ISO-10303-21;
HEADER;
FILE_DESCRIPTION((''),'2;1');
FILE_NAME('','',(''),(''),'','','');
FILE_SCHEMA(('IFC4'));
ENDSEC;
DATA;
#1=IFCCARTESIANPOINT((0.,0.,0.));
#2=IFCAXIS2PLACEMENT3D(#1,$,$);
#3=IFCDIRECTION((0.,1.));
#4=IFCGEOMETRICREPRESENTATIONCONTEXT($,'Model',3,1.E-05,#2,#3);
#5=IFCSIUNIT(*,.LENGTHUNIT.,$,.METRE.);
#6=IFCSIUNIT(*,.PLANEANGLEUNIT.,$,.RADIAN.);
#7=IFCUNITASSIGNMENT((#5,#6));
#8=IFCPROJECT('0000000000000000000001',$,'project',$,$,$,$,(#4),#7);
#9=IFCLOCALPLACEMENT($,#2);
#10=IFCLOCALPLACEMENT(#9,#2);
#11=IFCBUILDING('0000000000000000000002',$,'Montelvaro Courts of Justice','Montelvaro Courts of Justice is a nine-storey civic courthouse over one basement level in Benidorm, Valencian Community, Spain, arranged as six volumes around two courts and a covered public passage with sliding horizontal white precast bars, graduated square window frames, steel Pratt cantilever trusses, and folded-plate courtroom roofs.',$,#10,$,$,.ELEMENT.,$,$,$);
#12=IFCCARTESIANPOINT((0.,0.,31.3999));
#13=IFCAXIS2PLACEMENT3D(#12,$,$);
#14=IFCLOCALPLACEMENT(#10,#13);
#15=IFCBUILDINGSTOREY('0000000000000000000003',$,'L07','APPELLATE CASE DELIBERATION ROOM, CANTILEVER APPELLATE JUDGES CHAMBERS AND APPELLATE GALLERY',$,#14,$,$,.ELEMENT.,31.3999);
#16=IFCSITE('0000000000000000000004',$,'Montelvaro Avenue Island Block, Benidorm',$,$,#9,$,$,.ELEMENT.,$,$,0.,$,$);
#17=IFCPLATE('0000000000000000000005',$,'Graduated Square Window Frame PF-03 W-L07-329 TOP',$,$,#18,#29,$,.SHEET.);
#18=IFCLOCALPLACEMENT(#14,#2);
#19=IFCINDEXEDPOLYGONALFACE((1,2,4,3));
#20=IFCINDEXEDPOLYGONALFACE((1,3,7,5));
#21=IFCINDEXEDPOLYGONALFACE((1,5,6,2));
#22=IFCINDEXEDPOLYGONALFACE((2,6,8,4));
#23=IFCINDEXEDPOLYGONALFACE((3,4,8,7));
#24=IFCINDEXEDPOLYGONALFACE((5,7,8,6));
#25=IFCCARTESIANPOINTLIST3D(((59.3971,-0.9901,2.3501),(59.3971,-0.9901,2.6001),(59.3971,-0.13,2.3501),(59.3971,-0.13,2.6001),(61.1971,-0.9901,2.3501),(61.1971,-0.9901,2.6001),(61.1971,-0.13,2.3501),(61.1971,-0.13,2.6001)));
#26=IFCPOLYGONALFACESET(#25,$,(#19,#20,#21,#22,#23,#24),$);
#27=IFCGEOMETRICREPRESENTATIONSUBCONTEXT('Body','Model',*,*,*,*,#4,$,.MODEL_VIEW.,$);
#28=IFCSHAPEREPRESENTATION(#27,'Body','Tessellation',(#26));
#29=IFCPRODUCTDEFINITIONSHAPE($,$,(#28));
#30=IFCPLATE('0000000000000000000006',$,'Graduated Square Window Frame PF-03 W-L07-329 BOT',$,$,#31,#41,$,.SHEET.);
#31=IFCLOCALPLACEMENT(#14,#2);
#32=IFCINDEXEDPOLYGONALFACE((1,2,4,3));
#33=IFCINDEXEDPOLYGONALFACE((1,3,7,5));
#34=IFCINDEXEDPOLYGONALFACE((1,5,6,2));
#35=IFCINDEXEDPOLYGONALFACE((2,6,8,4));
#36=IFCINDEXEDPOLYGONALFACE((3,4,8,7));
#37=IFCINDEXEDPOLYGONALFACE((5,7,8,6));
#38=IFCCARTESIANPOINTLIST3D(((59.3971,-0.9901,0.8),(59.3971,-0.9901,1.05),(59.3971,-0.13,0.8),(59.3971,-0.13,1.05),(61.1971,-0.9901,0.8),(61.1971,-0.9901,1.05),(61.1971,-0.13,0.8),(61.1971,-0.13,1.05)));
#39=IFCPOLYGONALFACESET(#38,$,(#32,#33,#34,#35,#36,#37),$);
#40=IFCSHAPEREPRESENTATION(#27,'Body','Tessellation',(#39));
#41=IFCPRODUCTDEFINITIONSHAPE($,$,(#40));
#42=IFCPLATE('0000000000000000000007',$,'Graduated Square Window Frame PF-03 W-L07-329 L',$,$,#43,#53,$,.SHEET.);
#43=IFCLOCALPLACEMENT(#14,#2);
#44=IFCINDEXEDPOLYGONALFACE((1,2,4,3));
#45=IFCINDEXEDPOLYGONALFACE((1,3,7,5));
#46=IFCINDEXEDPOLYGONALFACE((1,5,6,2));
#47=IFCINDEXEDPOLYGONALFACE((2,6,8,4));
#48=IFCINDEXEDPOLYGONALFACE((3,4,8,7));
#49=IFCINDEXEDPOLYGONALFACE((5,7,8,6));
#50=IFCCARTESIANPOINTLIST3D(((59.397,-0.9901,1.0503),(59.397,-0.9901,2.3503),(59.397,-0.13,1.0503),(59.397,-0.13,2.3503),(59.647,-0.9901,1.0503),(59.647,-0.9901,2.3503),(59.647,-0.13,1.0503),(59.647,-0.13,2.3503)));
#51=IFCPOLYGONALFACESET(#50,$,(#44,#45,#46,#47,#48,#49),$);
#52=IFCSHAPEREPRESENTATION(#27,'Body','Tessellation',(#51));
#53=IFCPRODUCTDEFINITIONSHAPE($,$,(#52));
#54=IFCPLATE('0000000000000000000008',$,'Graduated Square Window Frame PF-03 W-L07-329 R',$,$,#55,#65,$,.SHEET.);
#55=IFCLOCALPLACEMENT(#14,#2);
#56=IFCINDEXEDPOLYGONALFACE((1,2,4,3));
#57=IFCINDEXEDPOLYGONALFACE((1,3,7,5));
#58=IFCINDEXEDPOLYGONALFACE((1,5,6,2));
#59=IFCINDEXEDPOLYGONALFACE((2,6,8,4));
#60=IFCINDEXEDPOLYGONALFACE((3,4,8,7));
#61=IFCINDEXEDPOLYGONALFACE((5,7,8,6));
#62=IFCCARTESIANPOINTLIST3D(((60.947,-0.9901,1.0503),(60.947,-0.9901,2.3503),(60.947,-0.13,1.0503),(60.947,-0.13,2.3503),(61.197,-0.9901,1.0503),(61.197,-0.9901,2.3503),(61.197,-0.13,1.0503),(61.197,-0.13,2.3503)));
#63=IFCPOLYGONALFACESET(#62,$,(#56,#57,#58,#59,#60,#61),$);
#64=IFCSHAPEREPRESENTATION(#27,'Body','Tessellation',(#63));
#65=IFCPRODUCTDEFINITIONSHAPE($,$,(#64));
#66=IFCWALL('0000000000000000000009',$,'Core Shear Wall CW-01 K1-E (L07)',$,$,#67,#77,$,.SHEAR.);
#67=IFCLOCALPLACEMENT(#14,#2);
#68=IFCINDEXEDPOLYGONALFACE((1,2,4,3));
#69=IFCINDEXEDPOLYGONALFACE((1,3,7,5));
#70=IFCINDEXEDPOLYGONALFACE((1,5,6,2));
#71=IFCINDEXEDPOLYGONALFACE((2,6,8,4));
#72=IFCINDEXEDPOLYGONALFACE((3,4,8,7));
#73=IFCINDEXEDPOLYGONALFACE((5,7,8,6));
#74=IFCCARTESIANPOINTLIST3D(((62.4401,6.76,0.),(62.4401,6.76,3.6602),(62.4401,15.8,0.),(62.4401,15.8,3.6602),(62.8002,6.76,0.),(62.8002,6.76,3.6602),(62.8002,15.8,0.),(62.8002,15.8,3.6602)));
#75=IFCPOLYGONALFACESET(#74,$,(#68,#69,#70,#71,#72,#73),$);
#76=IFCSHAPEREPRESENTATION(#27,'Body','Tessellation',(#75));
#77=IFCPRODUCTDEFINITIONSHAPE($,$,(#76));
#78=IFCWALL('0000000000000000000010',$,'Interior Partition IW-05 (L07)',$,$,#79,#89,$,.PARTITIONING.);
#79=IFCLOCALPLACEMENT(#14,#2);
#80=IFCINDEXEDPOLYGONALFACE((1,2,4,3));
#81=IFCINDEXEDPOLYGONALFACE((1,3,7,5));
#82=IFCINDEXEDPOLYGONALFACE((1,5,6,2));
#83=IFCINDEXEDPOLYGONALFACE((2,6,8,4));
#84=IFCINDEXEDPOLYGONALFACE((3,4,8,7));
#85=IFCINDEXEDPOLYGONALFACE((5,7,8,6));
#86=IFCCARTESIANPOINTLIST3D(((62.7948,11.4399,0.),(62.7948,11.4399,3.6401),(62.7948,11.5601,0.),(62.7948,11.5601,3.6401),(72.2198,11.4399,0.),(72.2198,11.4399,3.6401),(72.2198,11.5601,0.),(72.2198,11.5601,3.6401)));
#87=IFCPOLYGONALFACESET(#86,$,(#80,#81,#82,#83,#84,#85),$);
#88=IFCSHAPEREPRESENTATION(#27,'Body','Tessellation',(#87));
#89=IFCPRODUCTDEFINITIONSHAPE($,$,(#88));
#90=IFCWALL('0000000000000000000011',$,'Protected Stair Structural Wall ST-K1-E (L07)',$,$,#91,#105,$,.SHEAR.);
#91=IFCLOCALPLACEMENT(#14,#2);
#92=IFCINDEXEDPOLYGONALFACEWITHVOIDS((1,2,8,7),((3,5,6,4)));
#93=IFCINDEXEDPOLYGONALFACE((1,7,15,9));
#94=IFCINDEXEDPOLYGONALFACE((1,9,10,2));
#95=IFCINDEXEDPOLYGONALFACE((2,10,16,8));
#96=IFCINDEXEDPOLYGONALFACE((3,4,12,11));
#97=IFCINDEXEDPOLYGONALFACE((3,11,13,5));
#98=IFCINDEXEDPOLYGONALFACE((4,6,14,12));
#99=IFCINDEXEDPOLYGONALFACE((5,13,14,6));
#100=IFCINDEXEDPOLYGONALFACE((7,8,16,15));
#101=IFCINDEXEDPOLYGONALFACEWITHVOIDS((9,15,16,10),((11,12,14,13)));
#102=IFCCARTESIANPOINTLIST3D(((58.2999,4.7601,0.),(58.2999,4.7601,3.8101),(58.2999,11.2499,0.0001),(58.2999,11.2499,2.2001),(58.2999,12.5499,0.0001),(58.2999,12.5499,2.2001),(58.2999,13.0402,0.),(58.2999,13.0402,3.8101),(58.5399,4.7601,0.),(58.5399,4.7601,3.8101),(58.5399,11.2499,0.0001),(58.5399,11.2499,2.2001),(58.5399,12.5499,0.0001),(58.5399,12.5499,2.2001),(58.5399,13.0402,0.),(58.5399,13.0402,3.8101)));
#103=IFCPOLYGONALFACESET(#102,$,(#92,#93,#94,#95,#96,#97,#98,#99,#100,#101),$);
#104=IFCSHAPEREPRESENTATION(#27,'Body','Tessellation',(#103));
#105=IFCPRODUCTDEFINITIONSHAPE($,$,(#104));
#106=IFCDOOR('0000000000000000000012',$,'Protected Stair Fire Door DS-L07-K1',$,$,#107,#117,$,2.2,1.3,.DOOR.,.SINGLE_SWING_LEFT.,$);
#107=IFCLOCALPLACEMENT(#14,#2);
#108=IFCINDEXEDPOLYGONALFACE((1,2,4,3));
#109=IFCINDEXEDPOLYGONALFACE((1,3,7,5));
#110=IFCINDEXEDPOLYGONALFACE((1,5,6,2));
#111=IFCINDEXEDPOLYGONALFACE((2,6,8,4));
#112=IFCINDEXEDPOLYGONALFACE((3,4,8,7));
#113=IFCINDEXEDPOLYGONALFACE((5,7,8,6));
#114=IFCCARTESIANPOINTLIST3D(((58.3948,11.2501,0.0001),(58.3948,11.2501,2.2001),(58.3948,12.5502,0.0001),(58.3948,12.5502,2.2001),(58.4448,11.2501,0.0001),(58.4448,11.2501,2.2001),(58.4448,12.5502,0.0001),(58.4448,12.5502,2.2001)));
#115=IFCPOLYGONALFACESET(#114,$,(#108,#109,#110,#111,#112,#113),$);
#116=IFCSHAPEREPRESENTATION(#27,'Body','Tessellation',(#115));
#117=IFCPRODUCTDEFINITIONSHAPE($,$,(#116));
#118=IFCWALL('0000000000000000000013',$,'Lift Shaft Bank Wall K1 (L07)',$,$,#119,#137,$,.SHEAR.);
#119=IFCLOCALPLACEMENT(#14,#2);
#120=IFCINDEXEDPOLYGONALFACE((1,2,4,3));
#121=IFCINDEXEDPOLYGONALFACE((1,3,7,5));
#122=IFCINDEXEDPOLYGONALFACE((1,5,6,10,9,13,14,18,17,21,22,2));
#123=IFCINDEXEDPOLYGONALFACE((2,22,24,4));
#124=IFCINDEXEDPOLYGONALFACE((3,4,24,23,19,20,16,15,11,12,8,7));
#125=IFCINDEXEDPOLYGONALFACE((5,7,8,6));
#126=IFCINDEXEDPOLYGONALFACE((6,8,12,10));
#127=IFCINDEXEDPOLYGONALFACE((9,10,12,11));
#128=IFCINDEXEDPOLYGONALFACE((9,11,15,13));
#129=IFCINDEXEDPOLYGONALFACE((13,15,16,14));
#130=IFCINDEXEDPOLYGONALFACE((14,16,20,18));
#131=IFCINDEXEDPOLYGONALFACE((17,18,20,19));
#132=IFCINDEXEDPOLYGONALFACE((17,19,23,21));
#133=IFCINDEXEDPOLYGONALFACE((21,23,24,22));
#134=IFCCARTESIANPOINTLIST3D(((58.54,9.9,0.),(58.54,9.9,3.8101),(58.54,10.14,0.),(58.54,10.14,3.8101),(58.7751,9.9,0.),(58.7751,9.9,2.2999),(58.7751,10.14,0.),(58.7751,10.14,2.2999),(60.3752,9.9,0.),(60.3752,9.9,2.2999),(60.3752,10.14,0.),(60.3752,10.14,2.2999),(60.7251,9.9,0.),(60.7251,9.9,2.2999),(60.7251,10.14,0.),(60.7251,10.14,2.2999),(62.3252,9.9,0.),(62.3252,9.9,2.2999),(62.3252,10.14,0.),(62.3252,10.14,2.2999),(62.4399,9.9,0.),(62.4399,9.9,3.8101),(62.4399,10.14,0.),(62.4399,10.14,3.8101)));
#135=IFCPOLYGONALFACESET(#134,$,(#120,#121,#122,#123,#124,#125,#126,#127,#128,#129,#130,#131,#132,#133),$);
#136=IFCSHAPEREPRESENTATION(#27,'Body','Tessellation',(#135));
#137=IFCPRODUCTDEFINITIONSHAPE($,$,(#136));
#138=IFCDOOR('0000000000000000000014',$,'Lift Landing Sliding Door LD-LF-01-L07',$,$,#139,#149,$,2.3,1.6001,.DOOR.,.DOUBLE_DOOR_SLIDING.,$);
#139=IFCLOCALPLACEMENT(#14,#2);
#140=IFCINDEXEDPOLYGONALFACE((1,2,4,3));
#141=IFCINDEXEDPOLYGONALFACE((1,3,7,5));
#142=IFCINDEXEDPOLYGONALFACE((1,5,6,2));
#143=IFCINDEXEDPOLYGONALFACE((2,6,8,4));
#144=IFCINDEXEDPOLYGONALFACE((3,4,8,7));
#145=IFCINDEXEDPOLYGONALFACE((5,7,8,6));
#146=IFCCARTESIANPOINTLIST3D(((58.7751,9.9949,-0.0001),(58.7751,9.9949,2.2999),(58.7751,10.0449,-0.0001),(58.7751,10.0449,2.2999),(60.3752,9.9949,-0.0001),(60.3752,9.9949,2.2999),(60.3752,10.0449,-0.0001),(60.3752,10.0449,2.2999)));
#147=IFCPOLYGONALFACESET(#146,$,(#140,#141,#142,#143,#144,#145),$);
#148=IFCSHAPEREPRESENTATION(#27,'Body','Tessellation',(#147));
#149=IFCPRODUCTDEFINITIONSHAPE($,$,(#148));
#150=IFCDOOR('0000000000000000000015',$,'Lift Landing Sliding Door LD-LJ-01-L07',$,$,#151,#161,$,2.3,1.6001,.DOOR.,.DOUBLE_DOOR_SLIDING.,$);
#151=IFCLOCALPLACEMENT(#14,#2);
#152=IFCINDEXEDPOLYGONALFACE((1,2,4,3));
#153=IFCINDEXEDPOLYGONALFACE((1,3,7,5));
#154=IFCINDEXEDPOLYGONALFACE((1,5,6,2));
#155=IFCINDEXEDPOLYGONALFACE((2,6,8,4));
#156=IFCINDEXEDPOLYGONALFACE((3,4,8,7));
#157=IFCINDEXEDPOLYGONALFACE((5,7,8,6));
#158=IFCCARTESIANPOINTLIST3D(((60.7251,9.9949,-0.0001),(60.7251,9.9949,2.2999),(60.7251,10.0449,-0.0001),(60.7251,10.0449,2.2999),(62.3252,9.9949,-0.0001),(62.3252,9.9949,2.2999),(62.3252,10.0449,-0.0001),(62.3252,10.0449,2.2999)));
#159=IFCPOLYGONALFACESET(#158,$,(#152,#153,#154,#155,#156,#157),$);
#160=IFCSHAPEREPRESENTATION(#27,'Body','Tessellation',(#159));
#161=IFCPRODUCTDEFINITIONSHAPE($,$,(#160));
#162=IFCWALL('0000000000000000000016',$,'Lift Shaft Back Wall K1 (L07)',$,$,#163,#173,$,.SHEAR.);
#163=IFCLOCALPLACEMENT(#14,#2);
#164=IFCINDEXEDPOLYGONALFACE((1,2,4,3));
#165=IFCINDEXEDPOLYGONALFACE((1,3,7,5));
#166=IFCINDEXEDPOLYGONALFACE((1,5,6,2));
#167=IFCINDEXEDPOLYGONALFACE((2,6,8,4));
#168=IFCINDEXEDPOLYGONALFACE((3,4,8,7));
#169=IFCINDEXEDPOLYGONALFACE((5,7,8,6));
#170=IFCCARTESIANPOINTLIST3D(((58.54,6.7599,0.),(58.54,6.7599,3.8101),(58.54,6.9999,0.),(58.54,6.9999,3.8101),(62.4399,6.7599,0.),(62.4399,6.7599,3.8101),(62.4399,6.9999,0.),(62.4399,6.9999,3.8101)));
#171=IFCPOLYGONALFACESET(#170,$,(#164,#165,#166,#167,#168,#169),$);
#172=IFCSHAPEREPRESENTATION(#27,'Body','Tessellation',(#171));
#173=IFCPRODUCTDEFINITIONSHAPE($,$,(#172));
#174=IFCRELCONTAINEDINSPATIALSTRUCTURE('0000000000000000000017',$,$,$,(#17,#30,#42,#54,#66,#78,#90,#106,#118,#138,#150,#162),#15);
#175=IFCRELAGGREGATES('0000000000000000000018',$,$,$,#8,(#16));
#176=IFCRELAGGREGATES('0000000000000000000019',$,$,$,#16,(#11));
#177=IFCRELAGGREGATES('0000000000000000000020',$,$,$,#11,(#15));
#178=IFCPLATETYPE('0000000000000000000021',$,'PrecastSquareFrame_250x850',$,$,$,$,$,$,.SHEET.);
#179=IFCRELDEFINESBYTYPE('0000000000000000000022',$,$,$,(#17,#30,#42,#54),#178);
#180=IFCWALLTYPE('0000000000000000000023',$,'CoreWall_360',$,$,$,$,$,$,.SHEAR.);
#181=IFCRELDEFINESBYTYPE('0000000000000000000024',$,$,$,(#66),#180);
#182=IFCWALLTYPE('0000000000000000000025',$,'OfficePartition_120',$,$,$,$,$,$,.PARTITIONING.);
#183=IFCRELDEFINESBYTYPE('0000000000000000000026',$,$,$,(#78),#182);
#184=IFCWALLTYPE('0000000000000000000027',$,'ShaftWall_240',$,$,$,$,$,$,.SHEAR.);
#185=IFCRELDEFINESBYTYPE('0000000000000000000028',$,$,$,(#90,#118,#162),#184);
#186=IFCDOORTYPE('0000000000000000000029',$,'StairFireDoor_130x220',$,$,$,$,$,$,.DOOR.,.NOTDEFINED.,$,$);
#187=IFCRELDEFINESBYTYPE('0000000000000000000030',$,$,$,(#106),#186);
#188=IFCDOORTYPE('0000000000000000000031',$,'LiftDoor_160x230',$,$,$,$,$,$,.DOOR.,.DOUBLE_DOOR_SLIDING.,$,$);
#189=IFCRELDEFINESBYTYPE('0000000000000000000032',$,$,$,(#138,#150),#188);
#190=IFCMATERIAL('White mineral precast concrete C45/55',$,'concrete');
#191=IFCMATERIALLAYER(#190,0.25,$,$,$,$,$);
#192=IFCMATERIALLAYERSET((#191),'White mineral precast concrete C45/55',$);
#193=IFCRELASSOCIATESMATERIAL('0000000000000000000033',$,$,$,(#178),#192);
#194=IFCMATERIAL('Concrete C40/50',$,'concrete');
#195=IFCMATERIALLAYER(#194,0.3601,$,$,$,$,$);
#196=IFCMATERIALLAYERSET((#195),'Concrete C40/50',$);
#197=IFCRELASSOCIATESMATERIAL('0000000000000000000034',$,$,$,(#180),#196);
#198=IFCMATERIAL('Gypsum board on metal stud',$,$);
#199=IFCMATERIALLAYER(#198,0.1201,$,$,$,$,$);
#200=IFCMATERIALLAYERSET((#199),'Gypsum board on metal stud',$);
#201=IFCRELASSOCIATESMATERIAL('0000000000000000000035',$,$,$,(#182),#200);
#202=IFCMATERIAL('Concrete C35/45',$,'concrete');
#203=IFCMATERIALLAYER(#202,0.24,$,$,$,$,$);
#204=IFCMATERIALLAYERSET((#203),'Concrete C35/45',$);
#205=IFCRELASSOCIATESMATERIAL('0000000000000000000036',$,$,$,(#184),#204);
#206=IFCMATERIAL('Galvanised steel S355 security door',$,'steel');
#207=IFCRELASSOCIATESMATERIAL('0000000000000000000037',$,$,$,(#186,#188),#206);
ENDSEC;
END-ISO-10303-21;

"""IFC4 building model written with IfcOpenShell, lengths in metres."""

from ifc_helpers import new_model, si_unit, direction, frame, frame_2d, origin, origin_2d, place, context, subcontext, project, spatial, rectangle, extrude, material, layer, layer_set, type_object, element, fill, save


model = new_model("IFC4")

# Units and contexts
model_context = context("Model", 3, precision=1e-05, world=origin(), true_north=direction((0.0, 1.0)))
body_context = subcontext(model_context, "Body", "Model", "MODEL_VIEW")
ifc_project = project(units=[si_unit("LENGTHUNIT", "METRE"), si_unit("PLANEANGLEUNIT", "RADIAN")], contexts=[model_context])

# Site, building, storey
site_placement = place(None, origin())
site = spatial("IfcSite", under=ifc_project, at=site_placement, Name="Montelvaro Avenue Island Block, Benidorm", CompositionType="ELEMENT", RefElevation=0.0)
building_placement = place(site_placement, origin())
building = spatial("IfcBuilding", under=site, at=building_placement, Name="Montelvaro Courts of Justice", Description="Montelvaro Courts of Justice is a nine-storey civic courthouse over one basement level in Benidorm, Valencian Community, Spain, arranged as six volumes around two courts and a covered public passage with sliding horizontal white precast bars, graduated square window frames, steel Pratt cantilever trusses, and folded-plate courtroom roofs.", CompositionType="ELEMENT")
storey_placement = place(building_placement, frame((0.0, 0.0, 31.3999)))
storey = spatial("IfcBuildingStorey", under=building, at=storey_placement, Name="L07", Description="APPELLATE CASE DELIBERATION ROOM, CANTILEVER APPELLATE JUDGES CHAMBERS AND APPELLATE GALLERY", CompositionType="ELEMENT", Elevation=31.3999)

# Plates
ifc_material_1 = material(Name="White mineral precast concrete C45/55", Category="concrete")
ifc_layer_1 = layer(ifc_material_1, 0.25)
ifc_layer_set_1 = layer_set([ifc_layer_1], Name="White mineral precast concrete C45/55")
plate_type = type_object("IfcPlateType", Name="PrecastSquareFrame_250x850", PredefinedType="SHEET", material=ifc_layer_set_1)
for number, where, z_axis, x_axis, name in (
    (1, (60.2971, -0.5601, 2.3501), (0.0, 0.0, 1.0), (1.0, 0.0, 0.0), "Graduated Square Window Frame PF-03 W-L07-329 TOP"),
    (2, (60.2971, -0.5601, 0.8), (0.0, 0.0, 1.0), (1.0, 0.0, 0.0), "Graduated Square Window Frame PF-03 W-L07-329 BOT"),
):
    element("IfcPlate", number, at=place(storey_placement, frame(where, z_axis=z_axis, x_axis=x_axis)), inside=storey, type_object=plate_type, Name=name, PredefinedType="SHEET", context=body_context, shape_type="SweptSolid", body=[
        extrude(rectangle(XDim=1.8, YDim=0.8601, at=origin_2d()), origin(), (0.0, 0.0, 1.0), 0.25),
    ])
for number, where, z_axis, x_axis, name in (
    (3, (59.522, -0.5601, 1.0503), (0.0, 0.0, 1.0), (1.0, 0.0, 0.0), "Graduated Square Window Frame PF-03 W-L07-329 L"),
    (4, (61.072, -0.5601, 1.0503), (0.0, 0.0, 1.0), (1.0, 0.0, 0.0), "Graduated Square Window Frame PF-03 W-L07-329 R"),
):
    element("IfcPlate", number, at=place(storey_placement, frame(where, z_axis=z_axis, x_axis=x_axis)), inside=storey, type_object=plate_type, Name=name, PredefinedType="SHEET", context=body_context, shape_type="SweptSolid", body=[
        extrude(rectangle(XDim=0.25, YDim=0.8601, at=origin_2d()), origin(), (0.0, 0.0, 1.0), 1.3),
    ])

# Walls
ifc_material_2 = material(Name="Concrete C40/50", Category="concrete")
ifc_layer_2 = layer(ifc_material_2, 0.3601)
ifc_layer_set_2 = layer_set([ifc_layer_2], Name="Concrete C40/50")
wall_type_1 = type_object("IfcWallType", Name="CoreWall_360", PredefinedType="SHEAR", material=ifc_layer_set_2)
wall_1_placement = place(storey_placement, frame((62.6201, 6.76, 0.0), z_axis=(0.0, 0.0, 1.0), x_axis=(0.0, 1.0, 0.0)))
element("IfcWall", 5, at=wall_1_placement, inside=storey, type_object=wall_type_1, Name="Core Shear Wall CW-01 K1-E (L07)", PredefinedType="SHEAR", context=body_context, shape_type="SweptSolid", body=[
    extrude(rectangle(XDim=9.04, YDim=0.3601, at=frame_2d((4.52, 0.0))), origin(), (0.0, 0.0, 1.0), 3.6602),
])
ifc_material_3 = material(Name="Gypsum board on metal stud")
ifc_layer_3 = layer(ifc_material_3, 0.1201)
ifc_layer_set_3 = layer_set([ifc_layer_3], Name="Gypsum board on metal stud")
wall_type_2 = type_object("IfcWallType", Name="OfficePartition_120", PredefinedType="PARTITIONING", material=ifc_layer_set_3)
wall_2_placement = place(storey_placement, frame((62.7949, 11.5, 0.0), z_axis=(0.0, 0.0, 1.0), x_axis=(1.0, 0.0, 0.0)))
element("IfcWall", 6, at=wall_2_placement, inside=storey, type_object=wall_type_2, Name="Interior Partition IW-05 (L07)", PredefinedType="PARTITIONING", context=body_context, shape_type="SweptSolid", body=[
    extrude(rectangle(XDim=9.425, YDim=0.1201, at=frame_2d((4.7124, 0.0))), origin(), (0.0, 0.0, 1.0), 3.6401),
])

# Wall, opening, door
ifc_material_4 = material(Name="Concrete C35/45", Category="concrete")
ifc_layer_4 = layer(ifc_material_4, 0.24)
ifc_layer_set_4 = layer_set([ifc_layer_4], Name="Concrete C35/45")
wall_type_3 = type_object("IfcWallType", Name="ShaftWall_240", PredefinedType="SHEAR", material=ifc_layer_set_4)
wall_3_placement = place(storey_placement, frame((58.4199, 4.76, 0.0), z_axis=(0.0, 0.0, 1.0), x_axis=(0.0, 1.0, 0.0)))
wall_3 = element("IfcWall", 7, at=wall_3_placement, inside=storey, type_object=wall_type_3, Name="Protected Stair Structural Wall ST-K1-E (L07)", PredefinedType="SHEAR", context=body_context, shape_type="SweptSolid", body=[
    extrude(rectangle(XDim=8.28, YDim=0.24, at=frame_2d((4.1401, 0.0))), origin(), (0.0, 0.0, 1.0), 3.8101),
])
opening_1_placement = place(wall_3_placement, frame((6.49, 0.0, 0.0)))
opening_1 = element("IfcOpeningElement", 8, at=opening_1_placement, cuts=wall_3, PredefinedType="OPENING", context=body_context, shape_type="SweptSolid", body=[
    extrude(rectangle(XDim=1.3, YDim=2.2, at=frame_2d((0.6499, 1.1001))), frame((0.0, 0.1348, 0.0), z_axis=(0.0, -1.0, 0.0), x_axis=(1.0, 0.0, 0.0)), (0.0, 0.0, 1.0), 0.2698),
])
ifc_material_5 = material(Name="Galvanised steel S355 security door", Category="steel")
door_type_1 = type_object("IfcDoorType", Name="StairFireDoor_130x220", OperationType="NOTDEFINED", PredefinedType="DOOR", material=ifc_material_5)
door_1_placement = place(opening_1_placement, frame((1.3, 0.0, 0.0), z_axis=(0.0, 0.0, 1.0), x_axis=(-1.0, 0.0, 0.0)))
door_1 = element("IfcDoor", 9, at=door_1_placement, inside=storey, type_object=door_type_1, Name="Protected Stair Fire Door DS-L07-K1", OperationType="SINGLE_SWING_LEFT", OverallHeight=2.2, OverallWidth=1.3, PredefinedType="DOOR", context=body_context, shape_type="SweptSolid", body=[
    extrude(rectangle(XDim=1.3, YDim=2.2, at=frame_2d((0.6499, 1.1001))), frame((0.0, 0.0249, 0.0), z_axis=(0.0, -1.0, 0.0), x_axis=(1.0, 0.0, 0.0)), (0.0, 0.0, 1.0), 0.05),
])
fill(opening_1, door_1)

# Wall, openings, doors
wall_4_placement = place(storey_placement, frame((58.54, 10.02, 0.0), z_axis=(0.0, 0.0, 1.0), x_axis=(1.0, 0.0, 0.0)))
wall_4 = element("IfcWall", 10, at=wall_4_placement, inside=storey, type_object=wall_type_3, Name="Lift Shaft Bank Wall K1 (L07)", PredefinedType="SHEAR", context=body_context, shape_type="SweptSolid", body=[
    extrude(rectangle(XDim=3.8999, YDim=0.24, at=frame_2d((1.95, 0.0))), origin(), (0.0, 0.0, 1.0), 3.8101),
])
opening_2_placement = place(wall_4_placement, frame((0.2351, 0.0, 0.0)))
opening_2 = element("IfcOpeningElement", 11, at=opening_2_placement, cuts=wall_4, PredefinedType="OPENING", context=body_context, shape_type="SweptSolid", body=[
    extrude(rectangle(XDim=1.6001, YDim=2.3, at=frame_2d((0.8, 1.1499))), frame((0.0, 0.1348, 0.0), z_axis=(0.0, -1.0, 0.0), x_axis=(1.0, 0.0, 0.0)), (0.0, 0.0, 1.0), 0.2698),
])
opening_3_placement = place(wall_4_placement, frame((2.1851, 0.0, 0.0)))
opening_3 = element("IfcOpeningElement", 12, at=opening_3_placement, cuts=wall_4, PredefinedType="OPENING", context=body_context, shape_type="SweptSolid", body=[
    extrude(rectangle(XDim=1.6001, YDim=2.3, at=frame_2d((0.8, 1.1499))), frame((0.0, 0.1348, 0.0), z_axis=(0.0, -1.0, 0.0), x_axis=(1.0, 0.0, 0.0)), (0.0, 0.0, 1.0), 0.2698),
])
door_type_2 = type_object("IfcDoorType", Name="LiftDoor_160x230", OperationType="DOUBLE_DOOR_SLIDING", PredefinedType="DOOR", material=ifc_material_5)
door_2_placement = place(opening_2_placement, origin())
door_2 = element("IfcDoor", 13, at=door_2_placement, inside=storey, type_object=door_type_2, Name="Lift Landing Sliding Door LD-LF-01-L07", OperationType="DOUBLE_DOOR_SLIDING", OverallHeight=2.3, OverallWidth=1.6001, PredefinedType="DOOR", context=body_context, shape_type="SweptSolid", body=[
    extrude(rectangle(XDim=1.6001, YDim=2.3, at=frame_2d((0.8, 1.1499))), frame((0.0, 0.0249, 0.0), z_axis=(0.0, -1.0, 0.0), x_axis=(1.0, 0.0, 0.0)), (0.0, 0.0, 1.0), 0.05),
])
fill(opening_2, door_2)
door_3_placement = place(opening_3_placement, origin())
door_3 = element("IfcDoor", 14, at=door_3_placement, inside=storey, type_object=door_type_2, Name="Lift Landing Sliding Door LD-LJ-01-L07", OperationType="DOUBLE_DOOR_SLIDING", OverallHeight=2.3, OverallWidth=1.6001, PredefinedType="DOOR", context=body_context, shape_type="SweptSolid", body=[
    extrude(rectangle(XDim=1.6001, YDim=2.3, at=frame_2d((0.8, 1.1499))), frame((0.0, 0.0249, 0.0), z_axis=(0.0, -1.0, 0.0), x_axis=(1.0, 0.0, 0.0)), (0.0, 0.0, 1.0), 0.05),
])
fill(opening_3, door_3)

# Wall
wall_5_placement = place(storey_placement, frame((58.54, 6.8799, 0.0), z_axis=(0.0, 0.0, 1.0), x_axis=(1.0, 0.0, 0.0)))
element("IfcWall", 15, at=wall_5_placement, inside=storey, type_object=wall_type_3, Name="Lift Shaft Back Wall K1 (L07)", PredefinedType="SHEAR", context=body_context, shape_type="SweptSolid", body=[
    extrude(rectangle(XDim=3.8999, YDim=0.24, at=frame_2d((1.95, 0.0))), origin(), (0.0, 0.0, 1.0), 3.8101),
])

save(model, "model.ifc")
